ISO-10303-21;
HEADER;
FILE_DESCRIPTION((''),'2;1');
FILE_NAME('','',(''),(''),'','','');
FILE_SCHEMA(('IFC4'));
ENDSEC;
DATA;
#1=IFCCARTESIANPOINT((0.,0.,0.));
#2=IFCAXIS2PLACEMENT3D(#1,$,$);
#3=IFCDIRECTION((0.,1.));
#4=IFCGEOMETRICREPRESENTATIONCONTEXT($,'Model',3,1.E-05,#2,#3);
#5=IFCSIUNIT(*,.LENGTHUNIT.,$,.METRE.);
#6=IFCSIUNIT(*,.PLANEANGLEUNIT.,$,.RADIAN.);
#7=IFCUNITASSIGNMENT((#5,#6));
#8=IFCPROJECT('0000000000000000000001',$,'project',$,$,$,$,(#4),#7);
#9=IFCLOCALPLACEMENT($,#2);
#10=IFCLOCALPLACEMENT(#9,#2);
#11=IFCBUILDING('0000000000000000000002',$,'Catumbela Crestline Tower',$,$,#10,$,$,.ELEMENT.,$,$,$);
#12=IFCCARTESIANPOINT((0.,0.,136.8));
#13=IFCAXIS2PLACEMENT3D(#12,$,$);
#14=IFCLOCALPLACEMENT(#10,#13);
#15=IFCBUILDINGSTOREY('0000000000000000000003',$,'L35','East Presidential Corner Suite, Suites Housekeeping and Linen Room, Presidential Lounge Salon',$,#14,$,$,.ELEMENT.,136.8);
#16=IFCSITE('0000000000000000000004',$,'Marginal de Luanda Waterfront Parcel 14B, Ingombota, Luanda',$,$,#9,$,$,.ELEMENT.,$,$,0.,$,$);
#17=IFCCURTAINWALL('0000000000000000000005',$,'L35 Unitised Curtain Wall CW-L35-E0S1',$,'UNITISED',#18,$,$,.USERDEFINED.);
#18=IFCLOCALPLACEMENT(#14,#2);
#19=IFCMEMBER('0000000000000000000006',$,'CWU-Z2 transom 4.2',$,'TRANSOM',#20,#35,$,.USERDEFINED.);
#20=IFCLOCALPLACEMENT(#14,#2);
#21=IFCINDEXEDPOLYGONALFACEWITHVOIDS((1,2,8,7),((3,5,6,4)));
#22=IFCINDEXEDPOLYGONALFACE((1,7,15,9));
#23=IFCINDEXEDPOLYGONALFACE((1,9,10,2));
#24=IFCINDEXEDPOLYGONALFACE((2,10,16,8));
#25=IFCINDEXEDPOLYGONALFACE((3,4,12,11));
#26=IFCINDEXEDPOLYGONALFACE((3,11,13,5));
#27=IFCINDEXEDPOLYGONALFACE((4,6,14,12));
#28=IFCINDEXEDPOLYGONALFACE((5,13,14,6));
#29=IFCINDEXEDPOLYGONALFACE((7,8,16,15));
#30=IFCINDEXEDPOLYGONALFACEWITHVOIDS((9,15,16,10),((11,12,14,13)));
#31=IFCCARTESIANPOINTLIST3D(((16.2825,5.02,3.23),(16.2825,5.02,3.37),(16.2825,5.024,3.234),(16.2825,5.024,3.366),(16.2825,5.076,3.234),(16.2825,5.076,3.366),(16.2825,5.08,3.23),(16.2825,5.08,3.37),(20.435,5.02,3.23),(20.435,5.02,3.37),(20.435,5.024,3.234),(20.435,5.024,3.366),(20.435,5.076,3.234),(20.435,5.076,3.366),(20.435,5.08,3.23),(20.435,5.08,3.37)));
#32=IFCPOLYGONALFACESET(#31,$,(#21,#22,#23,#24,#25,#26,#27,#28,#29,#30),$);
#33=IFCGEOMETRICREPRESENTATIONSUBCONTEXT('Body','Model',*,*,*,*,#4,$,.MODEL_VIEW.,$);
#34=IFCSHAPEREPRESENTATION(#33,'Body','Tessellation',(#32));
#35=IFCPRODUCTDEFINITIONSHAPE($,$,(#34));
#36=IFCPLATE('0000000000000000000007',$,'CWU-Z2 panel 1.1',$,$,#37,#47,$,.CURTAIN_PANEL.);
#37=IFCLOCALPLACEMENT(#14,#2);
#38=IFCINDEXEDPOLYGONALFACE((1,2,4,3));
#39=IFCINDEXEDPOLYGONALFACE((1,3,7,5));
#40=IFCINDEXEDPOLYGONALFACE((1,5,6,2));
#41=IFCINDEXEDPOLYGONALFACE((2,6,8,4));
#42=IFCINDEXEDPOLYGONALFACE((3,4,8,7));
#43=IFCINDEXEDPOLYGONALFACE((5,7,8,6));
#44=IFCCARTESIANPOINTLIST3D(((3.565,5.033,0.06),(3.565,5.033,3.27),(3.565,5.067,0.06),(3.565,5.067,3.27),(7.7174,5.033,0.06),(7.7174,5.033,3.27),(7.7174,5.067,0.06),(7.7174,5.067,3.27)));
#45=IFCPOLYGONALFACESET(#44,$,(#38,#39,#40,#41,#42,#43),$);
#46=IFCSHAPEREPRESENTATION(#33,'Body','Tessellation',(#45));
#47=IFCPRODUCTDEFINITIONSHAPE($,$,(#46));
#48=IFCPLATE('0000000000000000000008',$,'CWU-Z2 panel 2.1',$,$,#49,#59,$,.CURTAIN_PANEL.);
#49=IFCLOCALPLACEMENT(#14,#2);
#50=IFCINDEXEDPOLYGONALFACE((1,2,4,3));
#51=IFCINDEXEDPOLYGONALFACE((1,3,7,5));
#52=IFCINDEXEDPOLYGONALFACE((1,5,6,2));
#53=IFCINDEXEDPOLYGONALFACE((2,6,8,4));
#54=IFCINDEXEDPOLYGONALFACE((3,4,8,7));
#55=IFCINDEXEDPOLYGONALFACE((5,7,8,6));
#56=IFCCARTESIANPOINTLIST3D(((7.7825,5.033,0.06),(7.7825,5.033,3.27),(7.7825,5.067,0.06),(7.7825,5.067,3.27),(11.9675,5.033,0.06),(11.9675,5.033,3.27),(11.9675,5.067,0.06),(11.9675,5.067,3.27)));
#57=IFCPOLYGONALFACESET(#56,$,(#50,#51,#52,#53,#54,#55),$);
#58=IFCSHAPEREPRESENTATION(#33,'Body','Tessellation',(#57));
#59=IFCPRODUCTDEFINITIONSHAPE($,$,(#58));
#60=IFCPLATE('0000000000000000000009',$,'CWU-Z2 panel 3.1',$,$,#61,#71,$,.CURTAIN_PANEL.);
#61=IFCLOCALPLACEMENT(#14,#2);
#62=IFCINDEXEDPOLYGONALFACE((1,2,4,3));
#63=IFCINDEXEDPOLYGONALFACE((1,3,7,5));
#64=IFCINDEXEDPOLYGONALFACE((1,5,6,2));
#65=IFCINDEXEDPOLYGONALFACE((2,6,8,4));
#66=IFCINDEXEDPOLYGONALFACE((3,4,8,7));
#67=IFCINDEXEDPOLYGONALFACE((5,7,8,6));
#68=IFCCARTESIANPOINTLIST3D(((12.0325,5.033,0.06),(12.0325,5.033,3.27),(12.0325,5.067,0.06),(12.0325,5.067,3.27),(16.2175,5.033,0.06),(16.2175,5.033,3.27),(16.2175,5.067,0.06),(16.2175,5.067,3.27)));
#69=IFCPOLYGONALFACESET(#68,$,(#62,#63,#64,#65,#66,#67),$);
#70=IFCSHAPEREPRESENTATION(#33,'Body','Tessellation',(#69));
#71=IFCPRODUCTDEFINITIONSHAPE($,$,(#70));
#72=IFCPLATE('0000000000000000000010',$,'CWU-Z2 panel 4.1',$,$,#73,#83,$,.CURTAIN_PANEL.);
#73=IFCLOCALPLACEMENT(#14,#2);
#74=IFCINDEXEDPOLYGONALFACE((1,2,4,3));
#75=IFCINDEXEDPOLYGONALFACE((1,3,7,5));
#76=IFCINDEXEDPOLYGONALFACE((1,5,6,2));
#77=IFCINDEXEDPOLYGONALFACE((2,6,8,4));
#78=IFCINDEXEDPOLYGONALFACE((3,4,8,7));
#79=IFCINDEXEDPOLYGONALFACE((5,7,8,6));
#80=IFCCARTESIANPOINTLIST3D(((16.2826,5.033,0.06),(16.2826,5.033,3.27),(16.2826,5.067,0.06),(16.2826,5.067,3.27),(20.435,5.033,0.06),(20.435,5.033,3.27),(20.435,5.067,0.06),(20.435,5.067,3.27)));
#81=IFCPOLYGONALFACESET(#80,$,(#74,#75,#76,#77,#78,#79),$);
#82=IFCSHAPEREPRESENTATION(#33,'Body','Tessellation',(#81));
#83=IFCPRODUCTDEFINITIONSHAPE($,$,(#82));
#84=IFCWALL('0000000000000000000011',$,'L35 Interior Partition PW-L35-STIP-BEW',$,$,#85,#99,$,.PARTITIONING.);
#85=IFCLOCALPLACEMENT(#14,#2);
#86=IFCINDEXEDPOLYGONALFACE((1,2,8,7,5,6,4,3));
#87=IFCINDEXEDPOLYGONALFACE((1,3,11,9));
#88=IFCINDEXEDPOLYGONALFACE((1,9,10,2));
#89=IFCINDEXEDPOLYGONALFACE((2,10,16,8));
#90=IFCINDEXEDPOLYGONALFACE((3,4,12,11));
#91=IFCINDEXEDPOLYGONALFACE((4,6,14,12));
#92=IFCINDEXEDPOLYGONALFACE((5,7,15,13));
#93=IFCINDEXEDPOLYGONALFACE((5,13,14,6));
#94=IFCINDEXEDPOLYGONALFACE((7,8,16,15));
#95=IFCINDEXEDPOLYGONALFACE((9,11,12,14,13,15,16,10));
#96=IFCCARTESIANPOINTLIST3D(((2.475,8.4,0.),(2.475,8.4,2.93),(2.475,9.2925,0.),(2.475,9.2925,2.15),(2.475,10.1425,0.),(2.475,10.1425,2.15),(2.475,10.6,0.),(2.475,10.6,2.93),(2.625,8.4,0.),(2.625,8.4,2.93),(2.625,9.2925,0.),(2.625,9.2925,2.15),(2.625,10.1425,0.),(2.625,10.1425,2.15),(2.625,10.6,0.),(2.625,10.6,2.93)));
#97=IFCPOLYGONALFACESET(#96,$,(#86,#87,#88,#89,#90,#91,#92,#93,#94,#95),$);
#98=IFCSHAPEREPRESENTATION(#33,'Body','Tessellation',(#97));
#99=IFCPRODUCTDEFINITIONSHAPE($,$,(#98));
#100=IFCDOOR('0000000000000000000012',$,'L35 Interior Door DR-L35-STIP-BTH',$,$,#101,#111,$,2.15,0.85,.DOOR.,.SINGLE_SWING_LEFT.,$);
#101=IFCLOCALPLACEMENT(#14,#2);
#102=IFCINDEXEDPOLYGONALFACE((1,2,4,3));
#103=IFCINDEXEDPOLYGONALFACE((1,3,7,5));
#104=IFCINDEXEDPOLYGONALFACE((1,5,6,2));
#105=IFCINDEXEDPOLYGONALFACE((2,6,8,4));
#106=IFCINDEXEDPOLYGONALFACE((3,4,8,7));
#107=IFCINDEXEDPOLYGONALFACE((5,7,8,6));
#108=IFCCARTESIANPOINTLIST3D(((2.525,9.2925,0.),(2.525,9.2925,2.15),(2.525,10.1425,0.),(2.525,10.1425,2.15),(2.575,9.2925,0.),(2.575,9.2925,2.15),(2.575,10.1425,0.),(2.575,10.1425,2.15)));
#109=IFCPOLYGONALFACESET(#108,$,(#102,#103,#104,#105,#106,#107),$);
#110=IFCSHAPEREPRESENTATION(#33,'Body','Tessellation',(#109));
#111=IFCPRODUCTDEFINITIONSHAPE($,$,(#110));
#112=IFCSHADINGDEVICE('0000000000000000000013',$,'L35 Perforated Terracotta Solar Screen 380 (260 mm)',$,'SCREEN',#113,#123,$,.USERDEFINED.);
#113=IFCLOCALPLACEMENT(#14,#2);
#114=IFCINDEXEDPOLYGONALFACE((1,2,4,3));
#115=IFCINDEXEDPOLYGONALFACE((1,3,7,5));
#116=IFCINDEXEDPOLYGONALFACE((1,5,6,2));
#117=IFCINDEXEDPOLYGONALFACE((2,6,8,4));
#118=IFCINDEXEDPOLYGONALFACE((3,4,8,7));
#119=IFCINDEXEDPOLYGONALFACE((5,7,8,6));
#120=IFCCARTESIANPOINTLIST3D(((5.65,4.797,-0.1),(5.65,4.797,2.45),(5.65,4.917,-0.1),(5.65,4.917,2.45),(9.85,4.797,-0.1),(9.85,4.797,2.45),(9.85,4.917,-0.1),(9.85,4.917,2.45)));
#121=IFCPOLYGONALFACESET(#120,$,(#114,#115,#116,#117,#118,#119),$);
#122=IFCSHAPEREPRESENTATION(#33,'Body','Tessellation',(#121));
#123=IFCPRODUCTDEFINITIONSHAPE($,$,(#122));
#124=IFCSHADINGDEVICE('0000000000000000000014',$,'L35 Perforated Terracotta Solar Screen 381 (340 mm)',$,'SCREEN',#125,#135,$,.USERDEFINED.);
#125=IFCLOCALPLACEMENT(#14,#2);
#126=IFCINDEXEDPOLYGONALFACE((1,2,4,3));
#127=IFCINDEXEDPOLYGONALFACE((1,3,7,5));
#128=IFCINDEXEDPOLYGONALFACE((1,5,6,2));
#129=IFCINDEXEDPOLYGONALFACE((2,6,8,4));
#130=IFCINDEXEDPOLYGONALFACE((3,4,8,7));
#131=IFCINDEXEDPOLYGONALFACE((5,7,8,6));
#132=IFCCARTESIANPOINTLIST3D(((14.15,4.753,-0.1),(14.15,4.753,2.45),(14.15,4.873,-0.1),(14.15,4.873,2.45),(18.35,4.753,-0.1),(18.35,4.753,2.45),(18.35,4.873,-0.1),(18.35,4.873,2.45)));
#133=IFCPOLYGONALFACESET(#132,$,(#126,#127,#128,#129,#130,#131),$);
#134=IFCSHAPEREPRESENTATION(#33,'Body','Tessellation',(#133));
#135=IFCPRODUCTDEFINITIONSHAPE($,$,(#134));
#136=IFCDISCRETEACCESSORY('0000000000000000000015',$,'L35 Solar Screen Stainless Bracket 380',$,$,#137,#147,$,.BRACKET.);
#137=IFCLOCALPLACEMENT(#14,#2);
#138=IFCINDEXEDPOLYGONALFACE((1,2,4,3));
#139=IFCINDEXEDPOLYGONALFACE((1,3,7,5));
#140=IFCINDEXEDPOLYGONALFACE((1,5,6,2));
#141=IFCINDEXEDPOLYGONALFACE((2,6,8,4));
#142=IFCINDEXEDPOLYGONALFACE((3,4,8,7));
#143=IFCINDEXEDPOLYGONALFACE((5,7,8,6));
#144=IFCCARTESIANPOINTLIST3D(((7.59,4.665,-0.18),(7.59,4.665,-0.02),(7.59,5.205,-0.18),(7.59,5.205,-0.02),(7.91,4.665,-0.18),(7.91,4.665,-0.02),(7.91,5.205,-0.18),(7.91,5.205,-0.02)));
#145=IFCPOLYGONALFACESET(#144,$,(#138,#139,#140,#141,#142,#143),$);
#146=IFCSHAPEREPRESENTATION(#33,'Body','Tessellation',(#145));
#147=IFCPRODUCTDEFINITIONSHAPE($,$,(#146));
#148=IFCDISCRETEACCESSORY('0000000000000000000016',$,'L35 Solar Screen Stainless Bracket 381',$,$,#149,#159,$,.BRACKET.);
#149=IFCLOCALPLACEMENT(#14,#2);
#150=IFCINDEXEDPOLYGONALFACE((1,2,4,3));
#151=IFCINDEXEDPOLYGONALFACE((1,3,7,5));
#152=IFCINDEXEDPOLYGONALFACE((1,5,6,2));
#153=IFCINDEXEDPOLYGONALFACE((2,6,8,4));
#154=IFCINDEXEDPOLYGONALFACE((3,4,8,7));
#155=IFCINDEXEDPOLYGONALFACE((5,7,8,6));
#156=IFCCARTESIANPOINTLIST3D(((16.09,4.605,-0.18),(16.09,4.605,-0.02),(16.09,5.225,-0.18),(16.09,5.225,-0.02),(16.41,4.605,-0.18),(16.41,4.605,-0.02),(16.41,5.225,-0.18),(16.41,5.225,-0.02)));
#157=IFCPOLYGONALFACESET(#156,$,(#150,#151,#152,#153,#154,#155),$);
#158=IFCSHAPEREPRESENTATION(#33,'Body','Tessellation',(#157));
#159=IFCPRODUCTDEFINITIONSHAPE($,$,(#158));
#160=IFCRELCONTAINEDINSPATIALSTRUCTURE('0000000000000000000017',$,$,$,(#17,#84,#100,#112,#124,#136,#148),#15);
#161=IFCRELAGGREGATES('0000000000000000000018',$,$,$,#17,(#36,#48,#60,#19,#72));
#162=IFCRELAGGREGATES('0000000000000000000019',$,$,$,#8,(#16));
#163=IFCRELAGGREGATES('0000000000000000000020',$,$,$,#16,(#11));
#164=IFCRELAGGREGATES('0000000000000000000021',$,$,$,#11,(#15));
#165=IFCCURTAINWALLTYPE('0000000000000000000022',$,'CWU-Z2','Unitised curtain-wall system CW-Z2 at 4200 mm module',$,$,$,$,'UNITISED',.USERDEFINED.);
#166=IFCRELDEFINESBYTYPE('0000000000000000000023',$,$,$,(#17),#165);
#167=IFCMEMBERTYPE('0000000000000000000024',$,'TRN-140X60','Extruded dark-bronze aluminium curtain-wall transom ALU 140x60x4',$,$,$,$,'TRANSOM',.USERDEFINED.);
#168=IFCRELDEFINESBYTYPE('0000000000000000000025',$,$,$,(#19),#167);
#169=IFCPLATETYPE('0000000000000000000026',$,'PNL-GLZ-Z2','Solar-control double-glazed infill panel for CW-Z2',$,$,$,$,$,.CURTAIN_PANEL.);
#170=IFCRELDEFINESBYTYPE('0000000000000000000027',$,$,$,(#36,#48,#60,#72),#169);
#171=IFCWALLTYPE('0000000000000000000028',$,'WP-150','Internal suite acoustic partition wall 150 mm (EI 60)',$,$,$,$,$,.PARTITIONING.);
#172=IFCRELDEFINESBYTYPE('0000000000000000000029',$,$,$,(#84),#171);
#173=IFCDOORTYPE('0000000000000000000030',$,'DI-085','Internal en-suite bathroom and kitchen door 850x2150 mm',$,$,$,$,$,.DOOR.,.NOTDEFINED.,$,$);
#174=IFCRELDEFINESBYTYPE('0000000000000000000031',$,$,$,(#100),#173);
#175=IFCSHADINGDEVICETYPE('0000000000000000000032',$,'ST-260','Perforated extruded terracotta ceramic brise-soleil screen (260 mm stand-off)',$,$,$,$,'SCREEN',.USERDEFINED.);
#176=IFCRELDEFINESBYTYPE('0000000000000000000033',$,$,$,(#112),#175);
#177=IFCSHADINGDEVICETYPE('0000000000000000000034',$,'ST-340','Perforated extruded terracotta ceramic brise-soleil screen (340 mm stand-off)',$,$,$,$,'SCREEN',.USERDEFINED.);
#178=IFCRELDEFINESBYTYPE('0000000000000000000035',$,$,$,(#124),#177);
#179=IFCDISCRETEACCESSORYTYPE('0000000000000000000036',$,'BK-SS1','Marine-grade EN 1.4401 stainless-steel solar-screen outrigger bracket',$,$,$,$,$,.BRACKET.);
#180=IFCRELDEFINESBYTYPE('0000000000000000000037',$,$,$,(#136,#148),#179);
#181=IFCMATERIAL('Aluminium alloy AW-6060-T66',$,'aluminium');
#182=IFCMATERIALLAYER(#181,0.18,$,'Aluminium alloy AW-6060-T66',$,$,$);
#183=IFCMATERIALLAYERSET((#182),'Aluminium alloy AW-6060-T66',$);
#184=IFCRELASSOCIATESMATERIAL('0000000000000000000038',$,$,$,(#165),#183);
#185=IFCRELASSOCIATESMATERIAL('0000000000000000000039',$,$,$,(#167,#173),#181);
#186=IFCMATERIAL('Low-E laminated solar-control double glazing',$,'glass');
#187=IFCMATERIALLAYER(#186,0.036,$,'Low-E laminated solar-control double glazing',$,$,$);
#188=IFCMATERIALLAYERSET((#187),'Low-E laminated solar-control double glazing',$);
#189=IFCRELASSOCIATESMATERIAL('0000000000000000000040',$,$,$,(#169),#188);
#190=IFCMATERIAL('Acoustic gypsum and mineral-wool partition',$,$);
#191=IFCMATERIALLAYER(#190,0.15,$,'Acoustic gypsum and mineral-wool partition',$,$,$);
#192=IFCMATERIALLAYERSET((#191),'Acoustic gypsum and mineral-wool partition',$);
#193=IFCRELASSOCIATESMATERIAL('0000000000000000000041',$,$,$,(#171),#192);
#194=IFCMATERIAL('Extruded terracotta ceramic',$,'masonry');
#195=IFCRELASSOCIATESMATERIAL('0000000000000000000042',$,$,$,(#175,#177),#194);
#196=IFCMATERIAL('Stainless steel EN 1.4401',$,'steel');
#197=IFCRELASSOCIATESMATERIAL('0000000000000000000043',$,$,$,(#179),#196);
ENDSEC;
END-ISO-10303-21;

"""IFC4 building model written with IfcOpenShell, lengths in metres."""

from ifc_helpers import new_model, si_unit, direction, frame, frame_2d, origin, origin_2d, place, context, subcontext, project, spatial, rectangle, hollow_rectangle, extrude, material, layer, layer_set, material_profile, profile_set, type_object, element, fill, aggregate, save


model = new_model("IFC4")

# Units and contexts
model_context = context("Model", 3, precision=1e-05, world=origin(), true_north=direction((0.0, 1.0)))
body_context = subcontext(model_context, "Body", "Model", "MODEL_VIEW")
ifc_project = project(units=[si_unit("LENGTHUNIT", "METRE"), si_unit("PLANEANGLEUNIT", "RADIAN")], contexts=[model_context])

# Site, building, storey
site_placement = place(None, origin())
site = spatial("IfcSite", under=ifc_project, at=site_placement, Name="Marginal de Luanda Waterfront Parcel 14B, Ingombota, Luanda", CompositionType="ELEMENT", RefElevation=0.0)
building_placement = place(site_placement, origin())
building = spatial("IfcBuilding", under=site, at=building_placement, Name="Catumbela Crestline Tower", CompositionType="ELEMENT")
storey_placement = place(building_placement, frame((0.0, 0.0, 136.8)))
storey = spatial("IfcBuildingStorey", under=building, at=storey_placement, Name="L35", Description="East Presidential Corner Suite, Suites Housekeeping and Linen Room, Presidential Lounge Salon", CompositionType="ELEMENT", Elevation=136.8)

# Curtain wall, member, plates
ifc_material_1 = material(Name="Aluminium alloy AW-6060-T66", Category="aluminium")
ifc_layer_1 = layer(ifc_material_1, 0.18, Name="Aluminium alloy AW-6060-T66")
ifc_layer_set_1 = layer_set([ifc_layer_1], Name="Aluminium alloy AW-6060-T66")
curtain_wall_type = type_object("IfcCurtainWallType", Name="CWU-Z2", Description="Unitised curtain-wall system CW-Z2 at 4200 mm module", ElementType="UNITISED", PredefinedType="USERDEFINED", material=ifc_layer_set_1)
curtain_wall_placement = place(storey_placement, origin())
curtain_wall = element("IfcCurtainWall", 1, at=curtain_wall_placement, inside=storey, type_object=curtain_wall_type, Name="L35 Unitised Curtain Wall CW-L35-E0S1", ObjectType="UNITISED", PredefinedType="USERDEFINED")
ifc_material_profile_1 = material_profile(ifc_material_1, hollow_rectangle(XDim=0.06, YDim=0.14, WallThickness=0.004, at=origin_2d()), Name="ALU 140x60x4")
ifc_profile_set_1 = profile_set([ifc_material_profile_1], Name="Aluminium alloy AW-6060-T66")
member_type_1 = type_object("IfcMemberType", Name="TRN-140X60", Description="Extruded dark-bronze aluminium curtain-wall transom ALU 140x60x4", ElementType="TRANSOM", PredefinedType="USERDEFINED", material=ifc_profile_set_1)
member_1_placement = place(storey_placement, frame((16.2825, 5.05, 3.3), z_axis=(1.0, 0.0, 0.0), x_axis=(0.0, 1.0, 0.0)))
member_1 = element("IfcMember", 2, at=member_1_placement, type_object=member_type_1, Name="CWU-Z2 transom 4.2", ObjectType="TRANSOM", PredefinedType="USERDEFINED", context=body_context, shape_type="SweptSolid", body=[
    extrude(hollow_rectangle(XDim=0.06, YDim=0.14, WallThickness=0.004, at=origin_2d()), origin(), (0.0, 0.0, 1.0), 4.1525),
])
ifc_material_2 = material(Name="Low-E laminated solar-control double glazing", Category="glass")
ifc_layer_2 = layer(ifc_material_2, 0.036, Name="Low-E laminated solar-control double glazing")
ifc_layer_set_2 = layer_set([ifc_layer_2], Name="Low-E laminated solar-control double glazing")
plate_type = type_object("IfcPlateType", Name="PNL-GLZ-Z2", Description="Solar-control double-glazed infill panel for CW-Z2", PredefinedType="CURTAIN_PANEL", material=ifc_layer_set_2)
plate_1_placement = place(storey_placement, frame((5.6412, 5.05, 0.06), z_axis=(0.0, 0.0, 1.0), x_axis=(1.0, 0.0, 0.0)))
plate_1 = element("IfcPlate", 3, at=plate_1_placement, type_object=plate_type, Name="CWU-Z2 panel 1.1", PredefinedType="CURTAIN_PANEL", context=body_context, shape_type="SweptSolid", body=[
    extrude(rectangle(XDim=4.1525, YDim=0.034, at=origin_2d()), origin(), (0.0, 0.0, 1.0), 3.21),
])
plate_2_placement = place(storey_placement, frame((9.875, 5.05, 0.06), z_axis=(0.0, 0.0, 1.0), x_axis=(1.0, 0.0, 0.0)))
plate_2 = element("IfcPlate", 4, at=plate_2_placement, type_object=plate_type, Name="CWU-Z2 panel 2.1", PredefinedType="CURTAIN_PANEL", context=body_context, shape_type="SweptSolid", body=[
    extrude(rectangle(XDim=4.185, YDim=0.034, at=origin_2d()), origin(), (0.0, 0.0, 1.0), 3.21),
])
plate_3_placement = place(storey_placement, frame((14.125, 5.05, 0.06), z_axis=(0.0, 0.0, 1.0), x_axis=(1.0, 0.0, 0.0)))
plate_3 = element("IfcPlate", 5, at=plate_3_placement, type_object=plate_type, Name="CWU-Z2 panel 3.1", PredefinedType="CURTAIN_PANEL", context=body_context, shape_type="SweptSolid", body=[
    extrude(rectangle(XDim=4.185, YDim=0.034, at=origin_2d()), origin(), (0.0, 0.0, 1.0), 3.21),
])
plate_4_placement = place(storey_placement, frame((18.3588, 5.05, 0.06), z_axis=(0.0, 0.0, 1.0), x_axis=(1.0, 0.0, 0.0)))
plate_4 = element("IfcPlate", 6, at=plate_4_placement, type_object=plate_type, Name="CWU-Z2 panel 4.1", PredefinedType="CURTAIN_PANEL", context=body_context, shape_type="SweptSolid", body=[
    extrude(rectangle(XDim=4.1525, YDim=0.034, at=origin_2d()), origin(), (0.0, 0.0, 1.0), 3.21),
])
aggregate(curtain_wall, [plate_1, plate_2, plate_3, member_1, plate_4])

# Wall, opening, door
ifc_material_3 = material(Name="Acoustic gypsum and mineral-wool partition")
ifc_layer_3 = layer(ifc_material_3, 0.15, Name="Acoustic gypsum and mineral-wool partition")
ifc_layer_set_3 = layer_set([ifc_layer_3], Name="Acoustic gypsum and mineral-wool partition")
wall_type = type_object("IfcWallType", Name="WP-150", Description="Internal suite acoustic partition wall 150 mm (EI 60)", PredefinedType="PARTITIONING", material=ifc_layer_set_3)
wall_placement = place(storey_placement, frame((2.55, 8.4, 0.0), z_axis=(0.0, 0.0, 1.0), x_axis=(0.0, 1.0, 0.0)))
wall = element("IfcWall", 7, at=wall_placement, inside=storey, type_object=wall_type, Name="L35 Interior Partition PW-L35-STIP-BEW", PredefinedType="PARTITIONING", context=body_context, shape_type="SweptSolid", body=[
    extrude(rectangle(XDim=2.2, YDim=0.15, at=frame_2d((1.1, 0.0))), origin(), (0.0, 0.0, 1.0), 2.93),
])
opening_placement = place(wall_placement, frame((0.8925, 0.0, 0.0)))
opening = element("IfcOpeningElement", 8, at=opening_placement, cuts=wall, PredefinedType="OPENING", context=body_context, shape_type="SweptSolid", body=[
    extrude(rectangle(XDim=0.85, YDim=2.15, at=frame_2d((0.425, 1.075))), frame((0.0, 0.085, 0.0), z_axis=(0.0, -1.0, 0.0), x_axis=(1.0, 0.0, 0.0)), (0.0, 0.0, 1.0), 0.17),
])
door_type = type_object("IfcDoorType", Name="DI-085", Description="Internal en-suite bathroom and kitchen door 850x2150 mm", OperationType="NOTDEFINED", PredefinedType="DOOR", material=ifc_material_1)
door_placement = place(opening_placement, origin())
door = element("IfcDoor", 9, at=door_placement, inside=storey, type_object=door_type, Name="L35 Interior Door DR-L35-STIP-BTH", OperationType="SINGLE_SWING_LEFT", OverallHeight=2.15, OverallWidth=0.85, PredefinedType="DOOR", context=body_context, shape_type="SweptSolid", body=[
    extrude(rectangle(XDim=0.85, YDim=2.15, at=frame_2d((0.425, 1.075))), frame((0.0, 0.025, 0.0), z_axis=(0.0, -1.0, 0.0), x_axis=(1.0, 0.0, 0.0)), (0.0, 0.0, 1.0), 0.05),
])
fill(opening, door)

# Shading devices
ifc_material_4 = material(Name="Extruded terracotta ceramic", Category="masonry")
shading_device_type_1 = type_object("IfcShadingDeviceType", Name="ST-260", Description="Perforated extruded terracotta ceramic brise-soleil screen (260 mm stand-off)", ElementType="SCREEN", PredefinedType="USERDEFINED", material=ifc_material_4)
shading_device_1_placement = place(storey_placement, frame((7.75, 4.857, -0.1), z_axis=(0.0, 0.0, 1.0), x_axis=(1.0, 0.0, 0.0)))
element("IfcShadingDevice", 10, at=shading_device_1_placement, inside=storey, type_object=shading_device_type_1, Name="L35 Perforated Terracotta Solar Screen 380 (260 mm)", ObjectType="SCREEN", PredefinedType="USERDEFINED", context=body_context, shape_type="SweptSolid", body=[
    extrude(rectangle(XDim=4.2, YDim=0.12, at=origin_2d()), origin(), (0.0, 0.0, 1.0), 2.55),
])
shading_device_type_2 = type_object("IfcShadingDeviceType", Name="ST-340", Description="Perforated extruded terracotta ceramic brise-soleil screen (340 mm stand-off)", ElementType="SCREEN", PredefinedType="USERDEFINED", material=ifc_material_4)
shading_device_2_placement = place(storey_placement, frame((16.25, 4.813, -0.1), z_axis=(0.0, 0.0, 1.0), x_axis=(1.0, 0.0, 0.0)))
element("IfcShadingDevice", 11, at=shading_device_2_placement, inside=storey, type_object=shading_device_type_2, Name="L35 Perforated Terracotta Solar Screen 381 (340 mm)", ObjectType="SCREEN", PredefinedType="USERDEFINED", context=body_context, shape_type="SweptSolid", body=[
    extrude(rectangle(XDim=4.2, YDim=0.12, at=origin_2d()), origin(), (0.0, 0.0, 1.0), 2.55),
])

# Discrete accessories
ifc_material_5 = material(Name="Stainless steel EN 1.4401", Category="steel")
discrete_accessory_type = type_object("IfcDiscreteAccessoryType", Name="BK-SS1", Description="Marine-grade EN 1.4401 stainless-steel solar-screen outrigger bracket", PredefinedType="BRACKET", material=ifc_material_5)
discrete_accessory_1_placement = place(storey_placement, frame((7.75, 4.935, -0.18), z_axis=(0.0, 0.0, 1.0), x_axis=(1.0, 0.0, 0.0)))
element("IfcDiscreteAccessory", 12, at=discrete_accessory_1_placement, inside=storey, type_object=discrete_accessory_type, Name="L35 Solar Screen Stainless Bracket 380", PredefinedType="BRACKET", context=body_context, shape_type="SweptSolid", body=[
    extrude(rectangle(XDim=0.32, YDim=0.54, at=origin_2d()), origin(), (0.0, 0.0, 1.0), 0.16),
])
discrete_accessory_2_placement = place(storey_placement, frame((16.25, 4.915, -0.18), z_axis=(0.0, 0.0, 1.0), x_axis=(1.0, 0.0, 0.0)))
element("IfcDiscreteAccessory", 13, at=discrete_accessory_2_placement, inside=storey, type_object=discrete_accessory_type, Name="L35 Solar Screen Stainless Bracket 381", PredefinedType="BRACKET", context=body_context, shape_type="SweptSolid", body=[
    extrude(rectangle(XDim=0.32, YDim=0.62, at=origin_2d()), origin(), (0.0, 0.0, 1.0), 0.16),
])

save(model, "model.ifc")
